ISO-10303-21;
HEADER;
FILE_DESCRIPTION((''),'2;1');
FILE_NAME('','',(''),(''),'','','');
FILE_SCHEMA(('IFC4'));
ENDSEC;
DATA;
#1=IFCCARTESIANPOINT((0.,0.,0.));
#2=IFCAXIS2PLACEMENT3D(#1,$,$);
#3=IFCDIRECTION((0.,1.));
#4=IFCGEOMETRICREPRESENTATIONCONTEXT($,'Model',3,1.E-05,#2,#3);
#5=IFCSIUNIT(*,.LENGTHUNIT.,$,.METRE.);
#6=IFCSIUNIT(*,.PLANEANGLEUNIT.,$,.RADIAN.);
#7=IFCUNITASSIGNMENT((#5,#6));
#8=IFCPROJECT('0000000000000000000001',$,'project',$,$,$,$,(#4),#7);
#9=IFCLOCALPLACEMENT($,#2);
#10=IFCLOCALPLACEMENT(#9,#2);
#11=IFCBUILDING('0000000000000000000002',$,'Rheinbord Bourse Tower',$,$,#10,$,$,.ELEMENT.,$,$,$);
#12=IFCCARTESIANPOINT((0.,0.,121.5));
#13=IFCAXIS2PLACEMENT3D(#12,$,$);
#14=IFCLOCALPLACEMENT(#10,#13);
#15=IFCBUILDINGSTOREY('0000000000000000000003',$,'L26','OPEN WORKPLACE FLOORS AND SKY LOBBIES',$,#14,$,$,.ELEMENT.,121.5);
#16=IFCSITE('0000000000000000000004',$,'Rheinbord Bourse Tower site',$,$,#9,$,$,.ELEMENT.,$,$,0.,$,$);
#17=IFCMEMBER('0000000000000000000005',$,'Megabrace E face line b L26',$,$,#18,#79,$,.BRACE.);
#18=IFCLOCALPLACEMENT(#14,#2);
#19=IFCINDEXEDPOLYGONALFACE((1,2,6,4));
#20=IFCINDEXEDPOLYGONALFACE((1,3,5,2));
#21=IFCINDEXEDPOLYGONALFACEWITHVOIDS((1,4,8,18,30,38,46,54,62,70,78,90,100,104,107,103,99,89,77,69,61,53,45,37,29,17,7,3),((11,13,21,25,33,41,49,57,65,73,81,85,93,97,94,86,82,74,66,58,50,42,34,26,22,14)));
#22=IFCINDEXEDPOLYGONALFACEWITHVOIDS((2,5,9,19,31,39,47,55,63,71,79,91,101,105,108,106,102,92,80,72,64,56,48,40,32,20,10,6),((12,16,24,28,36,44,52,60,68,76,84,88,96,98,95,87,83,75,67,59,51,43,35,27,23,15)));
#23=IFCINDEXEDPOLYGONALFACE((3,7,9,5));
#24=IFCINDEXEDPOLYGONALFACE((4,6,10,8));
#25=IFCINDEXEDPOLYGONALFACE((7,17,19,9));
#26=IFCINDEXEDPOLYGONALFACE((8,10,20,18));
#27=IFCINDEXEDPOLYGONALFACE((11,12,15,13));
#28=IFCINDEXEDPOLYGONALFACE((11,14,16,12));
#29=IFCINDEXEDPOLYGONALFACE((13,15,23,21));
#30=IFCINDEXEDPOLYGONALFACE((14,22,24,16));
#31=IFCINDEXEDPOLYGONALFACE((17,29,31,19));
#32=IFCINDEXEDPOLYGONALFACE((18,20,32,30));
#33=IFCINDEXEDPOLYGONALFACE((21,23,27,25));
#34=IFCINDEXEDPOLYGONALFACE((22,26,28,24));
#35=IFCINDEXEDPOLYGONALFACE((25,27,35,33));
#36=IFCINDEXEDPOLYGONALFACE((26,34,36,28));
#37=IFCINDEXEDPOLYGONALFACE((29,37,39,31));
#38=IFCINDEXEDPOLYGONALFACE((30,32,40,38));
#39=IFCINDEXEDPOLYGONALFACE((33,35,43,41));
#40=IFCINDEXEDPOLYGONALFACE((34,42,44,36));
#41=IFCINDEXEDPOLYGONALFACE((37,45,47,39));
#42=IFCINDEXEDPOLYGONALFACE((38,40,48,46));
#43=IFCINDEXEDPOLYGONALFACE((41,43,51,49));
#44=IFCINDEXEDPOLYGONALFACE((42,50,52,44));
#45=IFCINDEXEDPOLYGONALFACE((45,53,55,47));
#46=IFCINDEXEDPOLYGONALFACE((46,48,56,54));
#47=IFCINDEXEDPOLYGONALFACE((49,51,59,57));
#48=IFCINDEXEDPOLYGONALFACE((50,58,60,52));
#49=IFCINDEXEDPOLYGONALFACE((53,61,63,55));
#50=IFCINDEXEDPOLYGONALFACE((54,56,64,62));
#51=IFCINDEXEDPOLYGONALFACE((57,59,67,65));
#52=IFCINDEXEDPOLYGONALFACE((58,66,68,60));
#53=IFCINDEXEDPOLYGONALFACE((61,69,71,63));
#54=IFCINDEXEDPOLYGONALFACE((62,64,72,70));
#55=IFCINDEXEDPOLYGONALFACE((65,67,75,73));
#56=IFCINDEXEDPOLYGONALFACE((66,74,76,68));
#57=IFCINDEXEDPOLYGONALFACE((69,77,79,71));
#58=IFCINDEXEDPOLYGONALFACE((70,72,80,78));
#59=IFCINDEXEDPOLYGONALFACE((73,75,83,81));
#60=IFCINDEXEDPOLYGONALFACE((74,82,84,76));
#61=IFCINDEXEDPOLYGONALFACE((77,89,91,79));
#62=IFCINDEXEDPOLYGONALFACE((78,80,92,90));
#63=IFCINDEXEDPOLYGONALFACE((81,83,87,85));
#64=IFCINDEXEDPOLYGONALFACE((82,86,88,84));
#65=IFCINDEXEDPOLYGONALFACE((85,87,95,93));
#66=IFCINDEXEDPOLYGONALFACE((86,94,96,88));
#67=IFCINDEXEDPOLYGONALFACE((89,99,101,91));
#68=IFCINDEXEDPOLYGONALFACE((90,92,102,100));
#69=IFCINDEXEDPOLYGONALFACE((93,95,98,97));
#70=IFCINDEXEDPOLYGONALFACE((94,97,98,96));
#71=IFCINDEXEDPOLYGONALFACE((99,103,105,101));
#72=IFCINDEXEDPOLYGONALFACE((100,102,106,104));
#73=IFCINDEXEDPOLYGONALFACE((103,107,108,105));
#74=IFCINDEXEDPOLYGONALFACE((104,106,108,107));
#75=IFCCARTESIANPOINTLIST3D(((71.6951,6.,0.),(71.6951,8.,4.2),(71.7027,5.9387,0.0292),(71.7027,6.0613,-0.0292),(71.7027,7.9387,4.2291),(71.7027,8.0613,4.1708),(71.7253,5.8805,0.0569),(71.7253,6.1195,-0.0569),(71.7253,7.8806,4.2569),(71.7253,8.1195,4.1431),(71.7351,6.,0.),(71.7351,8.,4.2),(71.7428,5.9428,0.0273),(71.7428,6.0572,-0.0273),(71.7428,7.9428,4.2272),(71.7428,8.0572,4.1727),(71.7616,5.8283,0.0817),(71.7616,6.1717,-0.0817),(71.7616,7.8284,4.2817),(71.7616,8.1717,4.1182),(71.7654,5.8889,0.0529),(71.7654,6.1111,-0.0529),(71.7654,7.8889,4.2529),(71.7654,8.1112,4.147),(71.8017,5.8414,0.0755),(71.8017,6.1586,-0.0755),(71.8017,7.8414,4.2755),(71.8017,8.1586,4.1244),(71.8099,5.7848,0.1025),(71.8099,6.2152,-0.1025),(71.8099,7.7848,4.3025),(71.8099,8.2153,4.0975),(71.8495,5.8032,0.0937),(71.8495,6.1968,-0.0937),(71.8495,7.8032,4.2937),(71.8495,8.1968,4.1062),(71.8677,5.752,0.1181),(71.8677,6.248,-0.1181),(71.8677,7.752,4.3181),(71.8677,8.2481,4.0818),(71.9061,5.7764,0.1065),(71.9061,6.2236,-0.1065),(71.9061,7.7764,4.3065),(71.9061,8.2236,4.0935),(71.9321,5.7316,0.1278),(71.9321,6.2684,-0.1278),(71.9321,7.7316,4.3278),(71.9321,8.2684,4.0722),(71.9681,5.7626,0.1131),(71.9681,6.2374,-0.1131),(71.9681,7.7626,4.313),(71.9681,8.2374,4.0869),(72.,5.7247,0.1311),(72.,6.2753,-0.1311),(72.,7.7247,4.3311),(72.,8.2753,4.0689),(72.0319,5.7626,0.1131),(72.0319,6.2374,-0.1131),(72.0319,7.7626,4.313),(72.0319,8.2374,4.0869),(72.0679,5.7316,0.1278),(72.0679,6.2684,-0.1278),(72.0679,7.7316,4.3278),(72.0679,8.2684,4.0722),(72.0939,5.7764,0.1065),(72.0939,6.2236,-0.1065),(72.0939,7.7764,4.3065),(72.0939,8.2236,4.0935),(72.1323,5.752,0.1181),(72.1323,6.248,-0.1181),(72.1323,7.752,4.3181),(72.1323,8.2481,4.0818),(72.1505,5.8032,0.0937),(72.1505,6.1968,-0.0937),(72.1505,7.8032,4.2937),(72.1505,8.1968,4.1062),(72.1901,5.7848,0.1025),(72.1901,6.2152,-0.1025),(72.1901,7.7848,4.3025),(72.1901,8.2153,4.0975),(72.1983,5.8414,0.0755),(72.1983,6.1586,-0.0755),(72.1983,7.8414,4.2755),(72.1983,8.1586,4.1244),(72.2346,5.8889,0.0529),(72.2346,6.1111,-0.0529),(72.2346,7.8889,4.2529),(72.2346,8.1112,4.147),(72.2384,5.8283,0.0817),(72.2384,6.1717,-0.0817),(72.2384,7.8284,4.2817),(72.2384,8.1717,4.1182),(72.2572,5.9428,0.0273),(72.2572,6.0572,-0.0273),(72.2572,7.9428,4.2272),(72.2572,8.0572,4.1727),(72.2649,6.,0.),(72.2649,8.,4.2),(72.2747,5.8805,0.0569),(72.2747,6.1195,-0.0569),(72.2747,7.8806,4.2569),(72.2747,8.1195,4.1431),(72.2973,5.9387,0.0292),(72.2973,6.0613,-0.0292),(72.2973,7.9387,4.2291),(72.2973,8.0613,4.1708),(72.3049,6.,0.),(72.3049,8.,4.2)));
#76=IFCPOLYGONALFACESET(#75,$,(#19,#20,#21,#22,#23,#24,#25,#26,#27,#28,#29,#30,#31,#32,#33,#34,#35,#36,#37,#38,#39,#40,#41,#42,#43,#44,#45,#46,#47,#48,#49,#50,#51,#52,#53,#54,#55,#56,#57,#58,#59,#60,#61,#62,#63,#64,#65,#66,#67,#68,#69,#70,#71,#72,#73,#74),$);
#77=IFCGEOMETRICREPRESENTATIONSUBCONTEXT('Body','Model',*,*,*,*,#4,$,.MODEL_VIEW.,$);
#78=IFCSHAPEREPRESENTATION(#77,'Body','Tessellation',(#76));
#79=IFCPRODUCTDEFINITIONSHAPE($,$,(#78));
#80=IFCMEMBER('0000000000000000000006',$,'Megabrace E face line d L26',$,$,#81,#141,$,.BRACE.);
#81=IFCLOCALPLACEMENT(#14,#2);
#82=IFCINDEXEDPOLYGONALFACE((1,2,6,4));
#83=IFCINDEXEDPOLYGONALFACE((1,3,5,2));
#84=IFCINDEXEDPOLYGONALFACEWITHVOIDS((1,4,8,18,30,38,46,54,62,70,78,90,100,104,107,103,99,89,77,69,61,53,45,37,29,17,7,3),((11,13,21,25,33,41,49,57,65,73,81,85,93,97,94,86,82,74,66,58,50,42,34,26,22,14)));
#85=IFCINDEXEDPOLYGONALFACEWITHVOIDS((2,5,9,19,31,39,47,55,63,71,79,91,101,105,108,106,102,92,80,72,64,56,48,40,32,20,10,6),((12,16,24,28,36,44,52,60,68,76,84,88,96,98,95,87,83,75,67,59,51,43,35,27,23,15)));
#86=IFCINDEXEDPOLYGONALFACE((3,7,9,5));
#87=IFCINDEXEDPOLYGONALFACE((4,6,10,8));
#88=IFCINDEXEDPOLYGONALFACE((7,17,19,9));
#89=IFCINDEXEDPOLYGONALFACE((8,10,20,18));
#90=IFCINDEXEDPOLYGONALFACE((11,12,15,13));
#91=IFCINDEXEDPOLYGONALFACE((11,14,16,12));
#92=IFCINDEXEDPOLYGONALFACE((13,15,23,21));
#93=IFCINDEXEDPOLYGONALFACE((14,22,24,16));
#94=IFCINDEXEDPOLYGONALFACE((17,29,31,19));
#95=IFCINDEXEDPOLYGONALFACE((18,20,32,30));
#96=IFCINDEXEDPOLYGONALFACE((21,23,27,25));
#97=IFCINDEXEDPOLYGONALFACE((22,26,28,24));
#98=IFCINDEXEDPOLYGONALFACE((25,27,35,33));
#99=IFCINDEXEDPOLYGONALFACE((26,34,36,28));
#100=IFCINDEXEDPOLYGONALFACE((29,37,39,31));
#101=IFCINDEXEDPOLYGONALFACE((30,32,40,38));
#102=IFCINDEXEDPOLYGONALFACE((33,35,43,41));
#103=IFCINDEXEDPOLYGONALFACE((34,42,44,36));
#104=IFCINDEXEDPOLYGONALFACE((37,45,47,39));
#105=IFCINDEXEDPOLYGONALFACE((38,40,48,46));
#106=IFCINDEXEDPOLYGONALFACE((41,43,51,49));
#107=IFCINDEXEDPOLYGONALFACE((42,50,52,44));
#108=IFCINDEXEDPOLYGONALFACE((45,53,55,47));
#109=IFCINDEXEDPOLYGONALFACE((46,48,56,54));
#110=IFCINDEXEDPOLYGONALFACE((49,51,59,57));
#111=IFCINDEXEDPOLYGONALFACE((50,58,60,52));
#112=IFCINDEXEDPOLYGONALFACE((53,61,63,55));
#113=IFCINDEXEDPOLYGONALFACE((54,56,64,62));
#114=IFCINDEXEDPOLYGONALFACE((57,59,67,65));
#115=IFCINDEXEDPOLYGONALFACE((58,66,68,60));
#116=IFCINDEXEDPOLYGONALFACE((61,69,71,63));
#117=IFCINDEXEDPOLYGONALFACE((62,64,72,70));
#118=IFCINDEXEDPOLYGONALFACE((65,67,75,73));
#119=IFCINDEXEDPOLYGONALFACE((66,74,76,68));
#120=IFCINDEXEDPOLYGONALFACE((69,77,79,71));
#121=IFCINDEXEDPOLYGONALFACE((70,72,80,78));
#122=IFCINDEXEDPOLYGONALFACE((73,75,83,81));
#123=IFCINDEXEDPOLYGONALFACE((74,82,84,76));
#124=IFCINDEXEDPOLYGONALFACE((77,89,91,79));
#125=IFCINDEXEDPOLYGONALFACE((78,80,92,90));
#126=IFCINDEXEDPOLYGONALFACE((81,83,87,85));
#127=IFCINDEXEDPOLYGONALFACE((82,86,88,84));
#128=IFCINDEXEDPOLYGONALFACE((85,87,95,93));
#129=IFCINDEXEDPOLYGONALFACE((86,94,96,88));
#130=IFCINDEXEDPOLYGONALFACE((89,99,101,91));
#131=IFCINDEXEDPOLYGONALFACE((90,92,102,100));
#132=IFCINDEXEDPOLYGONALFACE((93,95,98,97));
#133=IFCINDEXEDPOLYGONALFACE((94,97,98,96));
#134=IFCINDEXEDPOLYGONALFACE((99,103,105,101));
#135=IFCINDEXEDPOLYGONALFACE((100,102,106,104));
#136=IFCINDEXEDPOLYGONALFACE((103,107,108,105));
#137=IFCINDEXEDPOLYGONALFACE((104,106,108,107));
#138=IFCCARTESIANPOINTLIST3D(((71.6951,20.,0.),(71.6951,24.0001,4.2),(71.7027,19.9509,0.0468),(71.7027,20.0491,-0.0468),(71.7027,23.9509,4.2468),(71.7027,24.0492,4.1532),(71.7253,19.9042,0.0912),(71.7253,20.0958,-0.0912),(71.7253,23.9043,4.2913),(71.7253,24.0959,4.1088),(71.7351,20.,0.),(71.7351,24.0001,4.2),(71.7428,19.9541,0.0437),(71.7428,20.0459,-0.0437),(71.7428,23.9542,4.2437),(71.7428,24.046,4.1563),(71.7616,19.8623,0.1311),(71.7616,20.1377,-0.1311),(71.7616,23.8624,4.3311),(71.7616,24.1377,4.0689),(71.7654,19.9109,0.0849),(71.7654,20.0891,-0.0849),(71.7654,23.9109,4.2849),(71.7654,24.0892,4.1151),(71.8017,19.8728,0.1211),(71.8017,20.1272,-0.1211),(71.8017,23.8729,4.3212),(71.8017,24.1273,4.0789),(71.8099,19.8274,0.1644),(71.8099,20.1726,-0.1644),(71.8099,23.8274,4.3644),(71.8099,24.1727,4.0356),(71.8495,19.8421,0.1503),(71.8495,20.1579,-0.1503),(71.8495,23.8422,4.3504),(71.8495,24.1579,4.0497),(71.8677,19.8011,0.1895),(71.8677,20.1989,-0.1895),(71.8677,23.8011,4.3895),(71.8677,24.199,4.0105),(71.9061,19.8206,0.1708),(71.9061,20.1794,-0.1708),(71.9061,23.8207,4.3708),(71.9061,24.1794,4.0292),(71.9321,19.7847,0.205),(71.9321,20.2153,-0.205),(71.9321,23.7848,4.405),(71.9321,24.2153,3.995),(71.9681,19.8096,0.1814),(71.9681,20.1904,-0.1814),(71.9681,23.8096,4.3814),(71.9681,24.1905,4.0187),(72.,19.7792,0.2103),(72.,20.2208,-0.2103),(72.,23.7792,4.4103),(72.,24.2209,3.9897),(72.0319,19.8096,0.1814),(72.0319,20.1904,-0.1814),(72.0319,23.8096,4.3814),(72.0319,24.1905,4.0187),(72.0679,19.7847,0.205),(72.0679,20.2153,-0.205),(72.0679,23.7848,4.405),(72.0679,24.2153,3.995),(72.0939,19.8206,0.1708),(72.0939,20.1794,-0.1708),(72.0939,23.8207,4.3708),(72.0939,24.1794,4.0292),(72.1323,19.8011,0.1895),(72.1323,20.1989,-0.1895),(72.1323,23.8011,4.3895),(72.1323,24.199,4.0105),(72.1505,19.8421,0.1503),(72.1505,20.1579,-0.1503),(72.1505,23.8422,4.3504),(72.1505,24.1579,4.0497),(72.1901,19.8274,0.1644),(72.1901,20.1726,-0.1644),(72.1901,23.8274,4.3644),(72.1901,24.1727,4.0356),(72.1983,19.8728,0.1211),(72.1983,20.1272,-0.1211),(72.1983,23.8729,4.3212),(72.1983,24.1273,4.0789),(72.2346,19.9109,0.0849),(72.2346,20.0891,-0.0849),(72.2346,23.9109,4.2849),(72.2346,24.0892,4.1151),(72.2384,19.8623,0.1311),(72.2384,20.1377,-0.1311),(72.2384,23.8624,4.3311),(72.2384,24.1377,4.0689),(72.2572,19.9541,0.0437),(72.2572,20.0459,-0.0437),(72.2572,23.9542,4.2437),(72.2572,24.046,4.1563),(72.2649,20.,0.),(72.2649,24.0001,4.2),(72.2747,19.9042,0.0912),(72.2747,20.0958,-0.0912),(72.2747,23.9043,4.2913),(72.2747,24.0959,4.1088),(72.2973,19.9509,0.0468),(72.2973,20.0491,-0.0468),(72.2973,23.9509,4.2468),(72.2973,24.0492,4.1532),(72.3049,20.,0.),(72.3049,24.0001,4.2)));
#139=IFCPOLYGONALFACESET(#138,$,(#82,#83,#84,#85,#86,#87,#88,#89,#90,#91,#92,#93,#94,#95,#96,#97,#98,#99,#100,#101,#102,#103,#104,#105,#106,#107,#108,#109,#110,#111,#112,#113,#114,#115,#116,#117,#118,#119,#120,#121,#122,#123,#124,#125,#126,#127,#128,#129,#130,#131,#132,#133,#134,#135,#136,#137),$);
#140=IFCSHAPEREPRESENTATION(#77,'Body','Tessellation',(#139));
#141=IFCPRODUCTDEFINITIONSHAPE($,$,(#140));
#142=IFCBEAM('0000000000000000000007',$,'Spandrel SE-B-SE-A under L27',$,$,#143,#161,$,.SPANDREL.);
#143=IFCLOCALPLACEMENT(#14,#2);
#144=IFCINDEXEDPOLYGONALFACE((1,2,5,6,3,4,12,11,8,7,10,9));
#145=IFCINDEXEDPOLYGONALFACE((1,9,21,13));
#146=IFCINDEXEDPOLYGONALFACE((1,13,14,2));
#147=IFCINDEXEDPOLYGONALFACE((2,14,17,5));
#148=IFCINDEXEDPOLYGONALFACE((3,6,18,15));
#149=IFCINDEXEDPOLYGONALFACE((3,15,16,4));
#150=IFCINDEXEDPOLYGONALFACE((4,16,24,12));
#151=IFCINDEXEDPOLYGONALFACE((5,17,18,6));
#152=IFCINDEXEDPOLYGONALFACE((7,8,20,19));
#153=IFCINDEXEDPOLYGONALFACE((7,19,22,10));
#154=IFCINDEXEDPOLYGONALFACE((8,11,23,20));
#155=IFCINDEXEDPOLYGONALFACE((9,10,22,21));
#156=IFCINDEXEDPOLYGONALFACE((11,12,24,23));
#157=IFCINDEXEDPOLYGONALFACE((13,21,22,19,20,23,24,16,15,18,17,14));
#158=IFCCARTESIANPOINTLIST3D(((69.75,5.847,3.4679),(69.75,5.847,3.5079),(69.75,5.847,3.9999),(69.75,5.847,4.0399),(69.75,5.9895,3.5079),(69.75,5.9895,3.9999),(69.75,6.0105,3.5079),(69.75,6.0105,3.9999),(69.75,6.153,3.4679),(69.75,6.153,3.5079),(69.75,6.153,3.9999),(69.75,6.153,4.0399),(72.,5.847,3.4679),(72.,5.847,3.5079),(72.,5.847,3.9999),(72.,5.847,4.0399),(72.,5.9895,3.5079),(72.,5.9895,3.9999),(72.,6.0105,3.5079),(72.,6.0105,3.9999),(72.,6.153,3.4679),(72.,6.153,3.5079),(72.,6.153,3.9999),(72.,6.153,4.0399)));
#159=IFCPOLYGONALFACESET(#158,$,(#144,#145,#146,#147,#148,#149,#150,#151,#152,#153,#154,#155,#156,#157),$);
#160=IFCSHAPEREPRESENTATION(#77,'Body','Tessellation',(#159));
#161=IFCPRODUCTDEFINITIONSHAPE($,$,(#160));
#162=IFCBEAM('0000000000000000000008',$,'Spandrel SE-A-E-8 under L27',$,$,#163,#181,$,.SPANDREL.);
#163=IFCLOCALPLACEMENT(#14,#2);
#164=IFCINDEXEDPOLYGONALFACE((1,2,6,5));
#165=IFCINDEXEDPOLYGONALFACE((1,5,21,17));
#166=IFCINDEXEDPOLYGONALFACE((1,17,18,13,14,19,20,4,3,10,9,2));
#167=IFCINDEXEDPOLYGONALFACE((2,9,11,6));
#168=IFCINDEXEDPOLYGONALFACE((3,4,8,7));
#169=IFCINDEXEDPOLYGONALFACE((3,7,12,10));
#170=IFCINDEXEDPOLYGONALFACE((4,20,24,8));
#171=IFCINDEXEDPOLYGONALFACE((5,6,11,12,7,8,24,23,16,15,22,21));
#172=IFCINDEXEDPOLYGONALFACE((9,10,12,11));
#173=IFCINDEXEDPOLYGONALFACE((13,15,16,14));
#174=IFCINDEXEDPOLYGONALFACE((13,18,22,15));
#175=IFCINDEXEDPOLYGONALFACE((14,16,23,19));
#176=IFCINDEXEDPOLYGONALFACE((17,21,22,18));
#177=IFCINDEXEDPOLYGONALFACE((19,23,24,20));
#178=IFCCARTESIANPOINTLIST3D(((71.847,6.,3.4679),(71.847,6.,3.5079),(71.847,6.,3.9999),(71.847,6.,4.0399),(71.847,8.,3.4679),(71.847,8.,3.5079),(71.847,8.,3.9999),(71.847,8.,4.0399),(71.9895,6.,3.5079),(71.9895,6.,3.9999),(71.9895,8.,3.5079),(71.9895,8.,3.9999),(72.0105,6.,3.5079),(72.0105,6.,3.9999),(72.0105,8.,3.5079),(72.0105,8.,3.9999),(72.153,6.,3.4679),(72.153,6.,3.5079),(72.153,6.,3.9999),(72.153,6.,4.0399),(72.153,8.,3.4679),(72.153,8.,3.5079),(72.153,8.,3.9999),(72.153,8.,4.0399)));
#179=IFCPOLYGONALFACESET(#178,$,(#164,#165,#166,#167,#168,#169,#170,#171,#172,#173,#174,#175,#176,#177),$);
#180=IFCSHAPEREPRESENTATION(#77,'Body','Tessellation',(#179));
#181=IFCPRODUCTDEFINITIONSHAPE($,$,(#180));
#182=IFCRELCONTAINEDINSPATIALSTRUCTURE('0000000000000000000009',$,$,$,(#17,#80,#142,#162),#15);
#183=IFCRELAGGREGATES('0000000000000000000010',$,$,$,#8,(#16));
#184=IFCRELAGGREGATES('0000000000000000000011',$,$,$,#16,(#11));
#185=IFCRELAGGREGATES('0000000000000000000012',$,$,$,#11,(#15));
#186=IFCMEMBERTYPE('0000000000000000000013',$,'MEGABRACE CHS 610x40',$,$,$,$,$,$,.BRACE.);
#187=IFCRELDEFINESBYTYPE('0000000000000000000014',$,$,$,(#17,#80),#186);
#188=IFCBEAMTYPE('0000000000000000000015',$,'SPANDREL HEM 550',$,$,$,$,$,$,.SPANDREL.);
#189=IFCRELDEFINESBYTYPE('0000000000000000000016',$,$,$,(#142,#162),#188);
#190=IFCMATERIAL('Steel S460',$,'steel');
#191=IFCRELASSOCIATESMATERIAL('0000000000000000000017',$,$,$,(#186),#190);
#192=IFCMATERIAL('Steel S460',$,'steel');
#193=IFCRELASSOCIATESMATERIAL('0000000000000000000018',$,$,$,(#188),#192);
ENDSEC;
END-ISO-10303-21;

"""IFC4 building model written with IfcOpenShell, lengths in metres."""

from ifc_helpers import new_model, si_unit, direction, frame, origin, origin_2d, place, context, subcontext, project, spatial, hollow_circle, i_section, extrude, material, material_profile, profile_set, type_object, element, save


model = new_model("IFC4")

# Units and contexts
model_context = context("Model", 3, precision=1e-05, world=origin(), true_north=direction((0.0, 1.0)))
body_context = subcontext(model_context, "Body", "Model", "MODEL_VIEW")
ifc_project = project(units=[si_unit("LENGTHUNIT", "METRE"), si_unit("PLANEANGLEUNIT", "RADIAN")], contexts=[model_context])

# Site, building, storey
site_placement = place(None, origin())
site = spatial("IfcSite", under=ifc_project, at=site_placement, Name="Rheinbord Bourse Tower site", CompositionType="ELEMENT", RefElevation=0.0)
building_placement = place(site_placement, origin())
building = spatial("IfcBuilding", under=site, at=building_placement, Name="Rheinbord Bourse Tower", CompositionType="ELEMENT")
storey_placement = place(building_placement, frame((0.0, 0.0, 121.5)))
storey = spatial("IfcBuildingStorey", under=building, at=storey_placement, Name="L26", Description="OPEN WORKPLACE FLOORS AND SKY LOBBIES", CompositionType="ELEMENT", Elevation=121.5)

# Members
ifc_material_1 = material(Name="Steel S460", Category="steel")
ifc_material_profile_1 = material_profile(ifc_material_1, hollow_circle(Radius=0.3049, WallThickness=0.04, at=origin_2d()), Name="CHS 610x40")
ifc_profile_set_1 = profile_set([ifc_material_profile_1], Name="Steel S460")
member_type_1 = type_object("IfcMemberType", Name="MEGABRACE CHS 610x40", PredefinedType="BRACE", material=ifc_profile_set_1)
member_1_placement = place(storey_placement, frame((72.0, 6.0, 0.0), z_axis=(0.0, 0.429938, 0.902859), x_axis=(-1.0, 0.0, 0.0)))
element("IfcMember", 1, at=member_1_placement, inside=storey, type_object=member_type_1, Name="Megabrace E face line b L26", PredefinedType="BRACE", context=body_context, shape_type="SweptSolid", body=[
    extrude(hollow_circle(Radius=0.3049, WallThickness=0.04, at=origin_2d()), origin(), (0.0, 0.0, 1.0), 4.6519),
])
member_2_placement = place(storey_placement, frame((72.0, 20.0, 0.0), z_axis=(0.0, 0.689659, 0.724134), x_axis=(-1.0, 0.0, 0.0)))
element("IfcMember", 2, at=member_2_placement, inside=storey, type_object=member_type_1, Name="Megabrace E face line d L26", PredefinedType="BRACE", context=body_context, shape_type="SweptSolid", body=[
    extrude(hollow_circle(Radius=0.3049, WallThickness=0.04, at=origin_2d()), origin(), (0.0, 0.0, 1.0), 5.8),
])

# Beams
ifc_material_2 = material(Name="Steel S460", Category="steel")
ifc_material_profile_2 = material_profile(ifc_material_2, i_section(OverallWidth=0.3059, OverallDepth=0.572, WebThickness=0.021, FlangeThickness=0.04, at=origin_2d()), Name="HEM 550")
ifc_profile_set_2 = profile_set([ifc_material_profile_2], Name="Steel S460")
beam_type_1 = type_object("IfcBeamType", Name="SPANDREL HEM 550", PredefinedType="SPANDREL", material=ifc_profile_set_2)
beam_1_placement = place(storey_placement, frame((69.75, 6.0, 3.7539), z_axis=(1.0, 0.0, 0.0), x_axis=(0.0, 1.0, 0.0)))
element("IfcBeam", 3, at=beam_1_placement, inside=storey, type_object=beam_type_1, Name="Spandrel SE-B-SE-A under L27", PredefinedType="SPANDREL", context=body_context, shape_type="SweptSolid", body=[
    extrude(i_section(OverallWidth=0.3059, OverallDepth=0.572, WebThickness=0.021, FlangeThickness=0.04, at=origin_2d()), origin(), (0.0, 0.0, 1.0), 2.25),
])
beam_2_placement = place(storey_placement, frame((72.0, 6.0, 3.7539), z_axis=(0.0, 1.0, 0.0), x_axis=(-1.0, 0.0, 0.0)))
element("IfcBeam", 4, at=beam_2_placement, inside=storey, type_object=beam_type_1, Name="Spandrel SE-A-E-8 under L27", PredefinedType="SPANDREL", context=body_context, shape_type="SweptSolid", body=[
    extrude(i_section(OverallWidth=0.3059, OverallDepth=0.572, WebThickness=0.021, FlangeThickness=0.04, at=origin_2d()), origin(), (0.0, 0.0, 1.0), 2.0),
])

save(model, "model.ifc")
